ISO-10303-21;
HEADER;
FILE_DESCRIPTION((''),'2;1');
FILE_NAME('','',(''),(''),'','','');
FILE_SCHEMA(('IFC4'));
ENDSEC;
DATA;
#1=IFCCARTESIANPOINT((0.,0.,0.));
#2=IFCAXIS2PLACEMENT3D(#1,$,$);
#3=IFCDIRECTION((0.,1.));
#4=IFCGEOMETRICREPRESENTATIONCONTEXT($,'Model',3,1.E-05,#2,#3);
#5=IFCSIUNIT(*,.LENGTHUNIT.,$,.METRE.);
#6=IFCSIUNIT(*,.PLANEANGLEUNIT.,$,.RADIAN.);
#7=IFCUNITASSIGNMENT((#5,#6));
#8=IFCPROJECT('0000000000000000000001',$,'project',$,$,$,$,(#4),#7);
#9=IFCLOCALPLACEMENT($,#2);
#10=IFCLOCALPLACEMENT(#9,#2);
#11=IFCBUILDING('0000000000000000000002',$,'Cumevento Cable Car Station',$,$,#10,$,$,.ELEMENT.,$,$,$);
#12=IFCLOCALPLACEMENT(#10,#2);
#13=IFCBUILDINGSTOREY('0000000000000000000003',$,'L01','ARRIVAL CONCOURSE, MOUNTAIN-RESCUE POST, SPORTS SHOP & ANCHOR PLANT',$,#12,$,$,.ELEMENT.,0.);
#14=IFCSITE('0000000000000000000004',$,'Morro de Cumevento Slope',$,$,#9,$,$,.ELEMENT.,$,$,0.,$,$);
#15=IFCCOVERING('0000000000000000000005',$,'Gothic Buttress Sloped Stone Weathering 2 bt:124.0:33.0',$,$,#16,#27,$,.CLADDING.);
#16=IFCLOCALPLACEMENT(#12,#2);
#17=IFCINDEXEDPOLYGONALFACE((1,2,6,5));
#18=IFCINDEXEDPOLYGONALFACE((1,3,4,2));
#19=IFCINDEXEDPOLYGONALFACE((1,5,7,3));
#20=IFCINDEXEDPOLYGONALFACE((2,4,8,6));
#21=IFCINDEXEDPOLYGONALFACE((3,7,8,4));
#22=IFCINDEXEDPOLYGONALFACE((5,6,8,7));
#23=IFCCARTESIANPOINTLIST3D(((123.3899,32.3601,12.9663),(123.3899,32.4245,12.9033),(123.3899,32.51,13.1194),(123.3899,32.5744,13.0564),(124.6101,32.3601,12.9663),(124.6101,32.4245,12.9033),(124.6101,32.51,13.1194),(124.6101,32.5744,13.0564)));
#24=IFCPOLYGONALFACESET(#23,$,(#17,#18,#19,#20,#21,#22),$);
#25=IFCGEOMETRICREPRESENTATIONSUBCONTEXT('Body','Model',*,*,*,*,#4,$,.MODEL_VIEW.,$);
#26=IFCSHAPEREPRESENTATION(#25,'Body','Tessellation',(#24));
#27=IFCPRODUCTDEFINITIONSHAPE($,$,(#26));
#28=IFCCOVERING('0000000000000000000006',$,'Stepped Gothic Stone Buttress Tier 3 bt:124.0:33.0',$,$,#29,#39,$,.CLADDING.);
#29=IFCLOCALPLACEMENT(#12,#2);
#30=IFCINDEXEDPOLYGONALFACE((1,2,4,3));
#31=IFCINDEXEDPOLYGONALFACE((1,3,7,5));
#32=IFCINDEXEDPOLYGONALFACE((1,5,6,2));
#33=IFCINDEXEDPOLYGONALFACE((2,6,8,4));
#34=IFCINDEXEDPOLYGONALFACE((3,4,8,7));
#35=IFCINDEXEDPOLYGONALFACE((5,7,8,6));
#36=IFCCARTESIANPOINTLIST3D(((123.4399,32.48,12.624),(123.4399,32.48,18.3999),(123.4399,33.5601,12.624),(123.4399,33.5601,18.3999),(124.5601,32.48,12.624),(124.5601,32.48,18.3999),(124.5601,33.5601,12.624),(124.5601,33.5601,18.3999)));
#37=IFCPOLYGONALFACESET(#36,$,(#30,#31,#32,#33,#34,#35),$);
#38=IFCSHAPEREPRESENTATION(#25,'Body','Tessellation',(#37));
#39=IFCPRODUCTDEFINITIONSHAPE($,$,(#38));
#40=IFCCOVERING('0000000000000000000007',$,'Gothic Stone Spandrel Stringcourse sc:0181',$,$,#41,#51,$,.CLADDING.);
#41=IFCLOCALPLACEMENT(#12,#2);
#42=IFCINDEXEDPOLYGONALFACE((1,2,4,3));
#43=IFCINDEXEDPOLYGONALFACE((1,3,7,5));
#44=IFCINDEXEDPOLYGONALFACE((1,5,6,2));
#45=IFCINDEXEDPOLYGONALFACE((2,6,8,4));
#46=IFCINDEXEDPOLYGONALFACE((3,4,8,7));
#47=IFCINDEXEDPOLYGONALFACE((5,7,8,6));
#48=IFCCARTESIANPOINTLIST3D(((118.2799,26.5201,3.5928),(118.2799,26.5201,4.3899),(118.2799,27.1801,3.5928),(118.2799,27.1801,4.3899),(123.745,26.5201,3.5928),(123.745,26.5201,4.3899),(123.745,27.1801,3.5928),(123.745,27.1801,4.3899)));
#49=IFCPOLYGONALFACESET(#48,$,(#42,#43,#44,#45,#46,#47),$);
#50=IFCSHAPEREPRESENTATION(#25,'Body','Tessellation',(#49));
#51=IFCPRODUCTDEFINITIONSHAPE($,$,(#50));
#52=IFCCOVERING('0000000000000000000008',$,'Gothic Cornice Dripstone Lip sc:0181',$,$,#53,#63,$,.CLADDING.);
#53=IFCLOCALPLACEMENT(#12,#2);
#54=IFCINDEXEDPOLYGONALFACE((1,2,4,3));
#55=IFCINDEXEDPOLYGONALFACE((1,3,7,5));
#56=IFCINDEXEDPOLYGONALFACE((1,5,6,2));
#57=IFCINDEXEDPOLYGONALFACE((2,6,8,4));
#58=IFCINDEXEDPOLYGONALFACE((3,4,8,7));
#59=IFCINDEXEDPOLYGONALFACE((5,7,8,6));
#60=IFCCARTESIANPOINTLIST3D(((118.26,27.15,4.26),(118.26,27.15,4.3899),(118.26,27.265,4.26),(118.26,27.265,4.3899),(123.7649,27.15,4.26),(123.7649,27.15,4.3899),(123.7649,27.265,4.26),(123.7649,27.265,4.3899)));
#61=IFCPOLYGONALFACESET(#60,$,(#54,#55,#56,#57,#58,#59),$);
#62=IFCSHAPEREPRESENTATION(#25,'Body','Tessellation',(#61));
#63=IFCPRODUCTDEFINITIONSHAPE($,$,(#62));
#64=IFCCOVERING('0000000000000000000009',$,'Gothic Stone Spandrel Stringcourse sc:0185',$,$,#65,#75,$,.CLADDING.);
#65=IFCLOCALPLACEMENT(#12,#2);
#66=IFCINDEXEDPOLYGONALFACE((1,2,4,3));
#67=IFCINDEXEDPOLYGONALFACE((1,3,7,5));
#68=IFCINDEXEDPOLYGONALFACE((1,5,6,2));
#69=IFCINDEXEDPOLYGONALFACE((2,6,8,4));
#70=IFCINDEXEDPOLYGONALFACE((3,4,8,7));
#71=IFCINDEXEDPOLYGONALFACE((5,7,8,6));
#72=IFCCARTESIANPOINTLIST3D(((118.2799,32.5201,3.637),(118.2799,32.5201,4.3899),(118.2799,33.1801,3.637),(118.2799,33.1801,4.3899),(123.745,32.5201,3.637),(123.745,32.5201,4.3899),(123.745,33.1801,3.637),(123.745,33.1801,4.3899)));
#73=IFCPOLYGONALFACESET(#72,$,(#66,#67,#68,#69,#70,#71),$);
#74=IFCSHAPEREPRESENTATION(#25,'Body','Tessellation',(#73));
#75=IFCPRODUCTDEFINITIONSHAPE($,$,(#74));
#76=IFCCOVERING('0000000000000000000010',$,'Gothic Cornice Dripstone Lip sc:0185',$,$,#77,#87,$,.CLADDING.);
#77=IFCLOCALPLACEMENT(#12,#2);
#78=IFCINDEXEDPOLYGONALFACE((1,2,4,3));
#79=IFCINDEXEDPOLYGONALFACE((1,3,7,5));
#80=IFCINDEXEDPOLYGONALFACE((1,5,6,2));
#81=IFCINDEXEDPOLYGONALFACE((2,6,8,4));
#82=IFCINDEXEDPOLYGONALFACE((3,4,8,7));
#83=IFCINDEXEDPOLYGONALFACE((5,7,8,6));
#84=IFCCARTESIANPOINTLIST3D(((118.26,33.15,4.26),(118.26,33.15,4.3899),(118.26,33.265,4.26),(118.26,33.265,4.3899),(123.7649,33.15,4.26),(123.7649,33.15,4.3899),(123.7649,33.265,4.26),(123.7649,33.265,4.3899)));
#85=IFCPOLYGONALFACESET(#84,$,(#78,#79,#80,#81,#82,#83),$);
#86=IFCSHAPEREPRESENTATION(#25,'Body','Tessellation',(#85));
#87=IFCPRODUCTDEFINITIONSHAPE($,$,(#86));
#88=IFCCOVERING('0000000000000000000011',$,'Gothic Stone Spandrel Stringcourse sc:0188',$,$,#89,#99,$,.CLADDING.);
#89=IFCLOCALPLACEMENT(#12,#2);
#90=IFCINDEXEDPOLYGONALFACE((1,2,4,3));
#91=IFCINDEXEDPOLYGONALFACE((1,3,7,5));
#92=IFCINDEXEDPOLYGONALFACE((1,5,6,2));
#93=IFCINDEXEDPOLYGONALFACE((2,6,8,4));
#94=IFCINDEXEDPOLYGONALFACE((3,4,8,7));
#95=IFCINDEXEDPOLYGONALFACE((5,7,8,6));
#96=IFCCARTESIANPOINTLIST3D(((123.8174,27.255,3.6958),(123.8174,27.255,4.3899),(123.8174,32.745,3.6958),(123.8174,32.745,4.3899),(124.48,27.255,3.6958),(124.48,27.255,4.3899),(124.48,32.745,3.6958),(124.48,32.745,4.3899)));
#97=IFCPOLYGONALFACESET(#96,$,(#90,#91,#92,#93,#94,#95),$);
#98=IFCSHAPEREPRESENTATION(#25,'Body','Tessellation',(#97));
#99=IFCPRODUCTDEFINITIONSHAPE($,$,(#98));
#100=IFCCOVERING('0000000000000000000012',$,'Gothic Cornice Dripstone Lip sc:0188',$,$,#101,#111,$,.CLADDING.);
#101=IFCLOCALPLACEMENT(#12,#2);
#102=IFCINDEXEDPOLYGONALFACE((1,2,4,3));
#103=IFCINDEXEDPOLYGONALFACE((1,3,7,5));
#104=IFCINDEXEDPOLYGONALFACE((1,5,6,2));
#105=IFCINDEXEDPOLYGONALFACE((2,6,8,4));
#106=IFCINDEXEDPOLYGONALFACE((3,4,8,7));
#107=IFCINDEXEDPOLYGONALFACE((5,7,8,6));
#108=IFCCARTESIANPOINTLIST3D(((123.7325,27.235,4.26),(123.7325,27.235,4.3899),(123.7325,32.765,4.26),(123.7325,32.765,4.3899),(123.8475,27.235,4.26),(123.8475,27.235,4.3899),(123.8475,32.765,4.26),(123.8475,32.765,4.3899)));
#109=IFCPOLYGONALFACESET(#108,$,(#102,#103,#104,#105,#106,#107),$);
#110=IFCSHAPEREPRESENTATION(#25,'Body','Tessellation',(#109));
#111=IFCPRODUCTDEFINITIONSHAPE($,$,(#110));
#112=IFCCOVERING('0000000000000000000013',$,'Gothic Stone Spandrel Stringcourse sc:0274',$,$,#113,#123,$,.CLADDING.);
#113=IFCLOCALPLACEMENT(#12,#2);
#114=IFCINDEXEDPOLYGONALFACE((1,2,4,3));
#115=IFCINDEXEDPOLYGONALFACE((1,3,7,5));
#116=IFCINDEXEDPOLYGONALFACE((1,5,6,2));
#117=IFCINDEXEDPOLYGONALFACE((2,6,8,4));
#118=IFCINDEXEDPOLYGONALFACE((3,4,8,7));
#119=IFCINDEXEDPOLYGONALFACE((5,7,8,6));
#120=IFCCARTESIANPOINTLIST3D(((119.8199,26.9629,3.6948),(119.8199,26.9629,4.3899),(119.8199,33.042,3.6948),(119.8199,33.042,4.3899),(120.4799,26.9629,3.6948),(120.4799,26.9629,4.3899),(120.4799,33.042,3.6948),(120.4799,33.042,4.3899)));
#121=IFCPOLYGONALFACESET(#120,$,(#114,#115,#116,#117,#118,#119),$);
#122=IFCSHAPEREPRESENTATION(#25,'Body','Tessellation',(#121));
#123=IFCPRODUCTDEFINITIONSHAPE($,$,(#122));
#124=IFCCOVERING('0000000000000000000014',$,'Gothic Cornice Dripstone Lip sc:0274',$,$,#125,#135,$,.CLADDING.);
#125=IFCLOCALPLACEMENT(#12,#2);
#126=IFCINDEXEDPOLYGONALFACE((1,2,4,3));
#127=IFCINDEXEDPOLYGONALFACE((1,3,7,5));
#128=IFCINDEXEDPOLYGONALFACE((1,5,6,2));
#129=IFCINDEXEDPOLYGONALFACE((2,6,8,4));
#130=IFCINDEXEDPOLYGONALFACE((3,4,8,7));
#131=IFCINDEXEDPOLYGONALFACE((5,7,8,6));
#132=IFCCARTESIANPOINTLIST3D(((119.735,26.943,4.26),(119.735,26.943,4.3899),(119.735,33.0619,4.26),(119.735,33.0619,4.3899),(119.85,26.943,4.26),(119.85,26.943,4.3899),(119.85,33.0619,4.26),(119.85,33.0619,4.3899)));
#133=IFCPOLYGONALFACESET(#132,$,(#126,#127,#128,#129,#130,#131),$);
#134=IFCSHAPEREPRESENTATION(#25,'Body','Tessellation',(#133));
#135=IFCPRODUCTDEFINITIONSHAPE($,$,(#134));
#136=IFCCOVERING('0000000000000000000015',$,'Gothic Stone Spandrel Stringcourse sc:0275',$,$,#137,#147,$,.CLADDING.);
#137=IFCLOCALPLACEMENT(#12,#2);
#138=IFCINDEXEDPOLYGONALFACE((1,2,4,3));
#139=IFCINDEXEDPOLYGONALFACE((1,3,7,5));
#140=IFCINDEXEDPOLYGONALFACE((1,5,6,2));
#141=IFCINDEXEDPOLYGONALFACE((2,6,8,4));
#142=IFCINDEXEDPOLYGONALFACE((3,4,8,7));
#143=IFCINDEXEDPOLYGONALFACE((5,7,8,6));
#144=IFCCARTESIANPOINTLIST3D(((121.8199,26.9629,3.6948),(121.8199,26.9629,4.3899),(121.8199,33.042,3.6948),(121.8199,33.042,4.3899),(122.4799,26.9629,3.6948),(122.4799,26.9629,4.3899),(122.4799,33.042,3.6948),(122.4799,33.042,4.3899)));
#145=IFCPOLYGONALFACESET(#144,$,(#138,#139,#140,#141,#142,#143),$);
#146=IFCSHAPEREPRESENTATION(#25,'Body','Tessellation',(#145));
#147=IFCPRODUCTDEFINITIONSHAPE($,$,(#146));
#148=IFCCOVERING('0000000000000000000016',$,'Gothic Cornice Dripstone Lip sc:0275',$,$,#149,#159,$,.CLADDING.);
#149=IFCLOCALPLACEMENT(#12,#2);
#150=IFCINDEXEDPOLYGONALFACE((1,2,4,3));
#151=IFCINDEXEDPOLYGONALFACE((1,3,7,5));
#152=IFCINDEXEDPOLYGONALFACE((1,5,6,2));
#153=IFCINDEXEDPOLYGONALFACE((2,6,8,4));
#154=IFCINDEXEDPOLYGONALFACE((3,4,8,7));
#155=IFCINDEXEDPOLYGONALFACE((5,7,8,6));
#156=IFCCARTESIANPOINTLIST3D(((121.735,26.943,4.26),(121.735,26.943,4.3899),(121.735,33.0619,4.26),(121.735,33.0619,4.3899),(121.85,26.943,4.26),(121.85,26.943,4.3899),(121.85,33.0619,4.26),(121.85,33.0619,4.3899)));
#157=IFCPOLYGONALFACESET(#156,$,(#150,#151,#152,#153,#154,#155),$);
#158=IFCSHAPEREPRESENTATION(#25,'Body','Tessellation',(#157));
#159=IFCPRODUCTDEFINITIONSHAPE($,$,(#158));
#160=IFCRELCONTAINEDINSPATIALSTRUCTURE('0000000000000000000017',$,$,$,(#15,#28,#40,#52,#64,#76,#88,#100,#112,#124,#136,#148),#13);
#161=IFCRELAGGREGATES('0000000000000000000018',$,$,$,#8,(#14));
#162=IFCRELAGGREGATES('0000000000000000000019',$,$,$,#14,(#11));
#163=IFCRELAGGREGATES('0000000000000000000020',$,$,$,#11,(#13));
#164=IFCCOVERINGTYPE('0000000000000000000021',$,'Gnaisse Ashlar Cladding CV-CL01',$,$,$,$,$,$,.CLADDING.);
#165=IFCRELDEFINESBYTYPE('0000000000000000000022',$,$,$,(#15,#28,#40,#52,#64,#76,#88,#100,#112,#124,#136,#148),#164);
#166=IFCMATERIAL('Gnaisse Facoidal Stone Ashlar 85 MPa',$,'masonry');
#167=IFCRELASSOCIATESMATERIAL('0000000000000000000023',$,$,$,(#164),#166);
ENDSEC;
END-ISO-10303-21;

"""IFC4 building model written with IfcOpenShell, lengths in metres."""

from ifc_helpers import new_model, si_unit, direction, frame, origin, origin_2d, place, context, subcontext, project, spatial, polyline, rectangle, outline, extrude, material, type_object, element, save


model = new_model("IFC4")

# Units and contexts
model_context = context("Model", 3, precision=1e-05, world=origin(), true_north=direction((0.0, 1.0)))
body_context = subcontext(model_context, "Body", "Model", "MODEL_VIEW")
ifc_project = project(units=[si_unit("LENGTHUNIT", "METRE"), si_unit("PLANEANGLEUNIT", "RADIAN")], contexts=[model_context])

# Site, building, storey
site_placement = place(None, origin())
site = spatial("IfcSite", under=ifc_project, at=site_placement, Name="Morro de Cumevento Slope", CompositionType="ELEMENT", RefElevation=0.0)
building_placement = place(site_placement, origin())
building = spatial("IfcBuilding", under=site, at=building_placement, Name="Cumevento Cable Car Station", CompositionType="ELEMENT")
storey_placement = place(building_placement, origin())
storey = spatial("IfcBuildingStorey", under=building, at=storey_placement, Name="L01", Description="ARRIVAL CONCOURSE, MOUNTAIN-RESCUE POST, SPORTS SHOP & ANCHOR PLANT", CompositionType="ELEMENT", Elevation=0.0)

# Coverings
ifc_material_1 = material(Name="Gnaisse Facoidal Stone Ashlar 85 MPa", Category="masonry")
covering_type = type_object("IfcCoveringType", Name="Gnaisse Ashlar Cladding CV-CL01", PredefinedType="CLADDING", material=ifc_material_1)
covering_1_placement = place(storey_placement, frame((123.3899, 32.3601, 12.9663), z_axis=(0.0, -0.714475, 0.699661), x_axis=(1.0, 0.0, 0.0)))
element("IfcCovering", 1, at=covering_1_placement, inside=storey, type_object=covering_type, Name="Gothic Buttress Sloped Stone Weathering 2 bt:124.0:33.0", PredefinedType="CLADDING", context=body_context, shape_type="SweptSolid", body=[
    extrude(outline(polyline([(0.0, 0.0), (1.2202, 0.0), (1.2202, 0.2142), (0.0, 0.2142), (0.0, 0.0)])), origin(), (0.0, 0.0, -1.0), 0.0901),
])
covering_2_placement = place(storey_placement, frame((124.0, 33.02, 12.624), z_axis=(0.0, 0.0, 1.0), x_axis=(1.0, 0.0, 0.0)))
element("IfcCovering", 2, at=covering_2_placement, inside=storey, type_object=covering_type, Name="Stepped Gothic Stone Buttress Tier 3 bt:124.0:33.0", PredefinedType="CLADDING", context=body_context, shape_type="SweptSolid", body=[
    extrude(rectangle(XDim=1.1201, YDim=1.0801, at=origin_2d()), origin(), (0.0, 0.0, 1.0), 5.7759),
])
covering_3_placement = place(storey_placement, frame((121.0125, 26.8501, 3.5928), z_axis=(0.0, 0.0, 1.0), x_axis=(1.0, 0.0, 0.0)))
element("IfcCovering", 3, at=covering_3_placement, inside=storey, type_object=covering_type, Name="Gothic Stone Spandrel Stringcourse sc:0181", PredefinedType="CLADDING", context=body_context, shape_type="SweptSolid", body=[
    extrude(rectangle(XDim=5.4651, YDim=0.6599, at=origin_2d()), origin(), (0.0, 0.0, 1.0), 0.7971),
])
covering_4_placement = place(storey_placement, frame((121.0125, 27.2075, 4.26), z_axis=(0.0, 0.0, 1.0), x_axis=(1.0, 0.0, 0.0)))
element("IfcCovering", 4, at=covering_4_placement, inside=storey, type_object=covering_type, Name="Gothic Cornice Dripstone Lip sc:0181", PredefinedType="CLADDING", context=body_context, shape_type="SweptSolid", body=[
    extrude(rectangle(XDim=5.5049, YDim=0.115, at=origin_2d()), origin(), (0.0, 0.0, 1.0), 0.1299),
])
covering_5_placement = place(storey_placement, frame((121.0125, 32.8501, 3.637), z_axis=(0.0, 0.0, 1.0), x_axis=(1.0, 0.0, 0.0)))
element("IfcCovering", 5, at=covering_5_placement, inside=storey, type_object=covering_type, Name="Gothic Stone Spandrel Stringcourse sc:0185", PredefinedType="CLADDING", context=body_context, shape_type="SweptSolid", body=[
    extrude(rectangle(XDim=5.4651, YDim=0.6599, at=origin_2d()), origin(), (0.0, 0.0, 1.0), 0.7529),
])
covering_6_placement = place(storey_placement, frame((121.0125, 33.2075, 4.26), z_axis=(0.0, 0.0, 1.0), x_axis=(1.0, 0.0, 0.0)))
element("IfcCovering", 6, at=covering_6_placement, inside=storey, type_object=covering_type, Name="Gothic Cornice Dripstone Lip sc:0185", PredefinedType="CLADDING", context=body_context, shape_type="SweptSolid", body=[
    extrude(rectangle(XDim=5.5049, YDim=0.115, at=origin_2d()), origin(), (0.0, 0.0, 1.0), 0.1299),
])
covering_7_placement = place(storey_placement, frame((124.1487, 30.0, 3.6958), z_axis=(0.0, 0.0, 1.0), x_axis=(0.0, 1.0, 0.0)))
element("IfcCovering", 7, at=covering_7_placement, inside=storey, type_object=covering_type, Name="Gothic Stone Spandrel Stringcourse sc:0188", PredefinedType="CLADDING", context=body_context, shape_type="SweptSolid", body=[
    extrude(rectangle(XDim=5.49, YDim=0.6626, at=origin_2d()), origin(), (0.0, 0.0, 1.0), 0.6941),
])
covering_8_placement = place(storey_placement, frame((123.79, 30.0, 4.26), z_axis=(0.0, 0.0, 1.0), x_axis=(0.0, 1.0, 0.0)))
element("IfcCovering", 8, at=covering_8_placement, inside=storey, type_object=covering_type, Name="Gothic Cornice Dripstone Lip sc:0188", PredefinedType="CLADDING", context=body_context, shape_type="SweptSolid", body=[
    extrude(rectangle(XDim=5.53, YDim=0.115, at=origin_2d()), origin(), (0.0, 0.0, 1.0), 0.1299),
])
covering_9_placement = place(storey_placement, frame((120.1499, 30.0024, 3.6948), z_axis=(0.0, 0.0, 1.0), x_axis=(0.0, 1.0, 0.0)))
element("IfcCovering", 9, at=covering_9_placement, inside=storey, type_object=covering_type, Name="Gothic Stone Spandrel Stringcourse sc:0274", PredefinedType="CLADDING", context=body_context, shape_type="SweptSolid", body=[
    extrude(rectangle(XDim=6.0791, YDim=0.6599, at=origin_2d()), origin(), (0.0, 0.0, 1.0), 0.6951),
])
covering_10_placement = place(storey_placement, frame((119.7925, 30.0024, 4.26), z_axis=(0.0, 0.0, 1.0), x_axis=(0.0, 1.0, 0.0)))
element("IfcCovering", 10, at=covering_10_placement, inside=storey, type_object=covering_type, Name="Gothic Cornice Dripstone Lip sc:0274", PredefinedType="CLADDING", context=body_context, shape_type="SweptSolid", body=[
    extrude(rectangle(XDim=6.1189, YDim=0.115, at=origin_2d()), origin(), (0.0, 0.0, 1.0), 0.1299),
])
covering_11_placement = place(storey_placement, frame((122.1499, 30.0024, 3.6948), z_axis=(0.0, 0.0, 1.0), x_axis=(0.0, 1.0, 0.0)))
element("IfcCovering", 11, at=covering_11_placement, inside=storey, type_object=covering_type, Name="Gothic Stone Spandrel Stringcourse sc:0275", PredefinedType="CLADDING", context=body_context, shape_type="SweptSolid", body=[
    extrude(rectangle(XDim=6.0791, YDim=0.6599, at=origin_2d()), origin(), (0.0, 0.0, 1.0), 0.6951),
])
covering_12_placement = place(storey_placement, frame((121.7925, 30.0024, 4.26), z_axis=(0.0, 0.0, 1.0), x_axis=(0.0, 1.0, 0.0)))
element("IfcCovering", 12, at=covering_12_placement, inside=storey, type_object=covering_type, Name="Gothic Cornice Dripstone Lip sc:0275", PredefinedType="CLADDING", context=body_context, shape_type="SweptSolid", body=[
    extrude(rectangle(XDim=6.1189, YDim=0.115, at=origin_2d()), origin(), (0.0, 0.0, 1.0), 0.1299),
])

save(model, "model.ifc")
